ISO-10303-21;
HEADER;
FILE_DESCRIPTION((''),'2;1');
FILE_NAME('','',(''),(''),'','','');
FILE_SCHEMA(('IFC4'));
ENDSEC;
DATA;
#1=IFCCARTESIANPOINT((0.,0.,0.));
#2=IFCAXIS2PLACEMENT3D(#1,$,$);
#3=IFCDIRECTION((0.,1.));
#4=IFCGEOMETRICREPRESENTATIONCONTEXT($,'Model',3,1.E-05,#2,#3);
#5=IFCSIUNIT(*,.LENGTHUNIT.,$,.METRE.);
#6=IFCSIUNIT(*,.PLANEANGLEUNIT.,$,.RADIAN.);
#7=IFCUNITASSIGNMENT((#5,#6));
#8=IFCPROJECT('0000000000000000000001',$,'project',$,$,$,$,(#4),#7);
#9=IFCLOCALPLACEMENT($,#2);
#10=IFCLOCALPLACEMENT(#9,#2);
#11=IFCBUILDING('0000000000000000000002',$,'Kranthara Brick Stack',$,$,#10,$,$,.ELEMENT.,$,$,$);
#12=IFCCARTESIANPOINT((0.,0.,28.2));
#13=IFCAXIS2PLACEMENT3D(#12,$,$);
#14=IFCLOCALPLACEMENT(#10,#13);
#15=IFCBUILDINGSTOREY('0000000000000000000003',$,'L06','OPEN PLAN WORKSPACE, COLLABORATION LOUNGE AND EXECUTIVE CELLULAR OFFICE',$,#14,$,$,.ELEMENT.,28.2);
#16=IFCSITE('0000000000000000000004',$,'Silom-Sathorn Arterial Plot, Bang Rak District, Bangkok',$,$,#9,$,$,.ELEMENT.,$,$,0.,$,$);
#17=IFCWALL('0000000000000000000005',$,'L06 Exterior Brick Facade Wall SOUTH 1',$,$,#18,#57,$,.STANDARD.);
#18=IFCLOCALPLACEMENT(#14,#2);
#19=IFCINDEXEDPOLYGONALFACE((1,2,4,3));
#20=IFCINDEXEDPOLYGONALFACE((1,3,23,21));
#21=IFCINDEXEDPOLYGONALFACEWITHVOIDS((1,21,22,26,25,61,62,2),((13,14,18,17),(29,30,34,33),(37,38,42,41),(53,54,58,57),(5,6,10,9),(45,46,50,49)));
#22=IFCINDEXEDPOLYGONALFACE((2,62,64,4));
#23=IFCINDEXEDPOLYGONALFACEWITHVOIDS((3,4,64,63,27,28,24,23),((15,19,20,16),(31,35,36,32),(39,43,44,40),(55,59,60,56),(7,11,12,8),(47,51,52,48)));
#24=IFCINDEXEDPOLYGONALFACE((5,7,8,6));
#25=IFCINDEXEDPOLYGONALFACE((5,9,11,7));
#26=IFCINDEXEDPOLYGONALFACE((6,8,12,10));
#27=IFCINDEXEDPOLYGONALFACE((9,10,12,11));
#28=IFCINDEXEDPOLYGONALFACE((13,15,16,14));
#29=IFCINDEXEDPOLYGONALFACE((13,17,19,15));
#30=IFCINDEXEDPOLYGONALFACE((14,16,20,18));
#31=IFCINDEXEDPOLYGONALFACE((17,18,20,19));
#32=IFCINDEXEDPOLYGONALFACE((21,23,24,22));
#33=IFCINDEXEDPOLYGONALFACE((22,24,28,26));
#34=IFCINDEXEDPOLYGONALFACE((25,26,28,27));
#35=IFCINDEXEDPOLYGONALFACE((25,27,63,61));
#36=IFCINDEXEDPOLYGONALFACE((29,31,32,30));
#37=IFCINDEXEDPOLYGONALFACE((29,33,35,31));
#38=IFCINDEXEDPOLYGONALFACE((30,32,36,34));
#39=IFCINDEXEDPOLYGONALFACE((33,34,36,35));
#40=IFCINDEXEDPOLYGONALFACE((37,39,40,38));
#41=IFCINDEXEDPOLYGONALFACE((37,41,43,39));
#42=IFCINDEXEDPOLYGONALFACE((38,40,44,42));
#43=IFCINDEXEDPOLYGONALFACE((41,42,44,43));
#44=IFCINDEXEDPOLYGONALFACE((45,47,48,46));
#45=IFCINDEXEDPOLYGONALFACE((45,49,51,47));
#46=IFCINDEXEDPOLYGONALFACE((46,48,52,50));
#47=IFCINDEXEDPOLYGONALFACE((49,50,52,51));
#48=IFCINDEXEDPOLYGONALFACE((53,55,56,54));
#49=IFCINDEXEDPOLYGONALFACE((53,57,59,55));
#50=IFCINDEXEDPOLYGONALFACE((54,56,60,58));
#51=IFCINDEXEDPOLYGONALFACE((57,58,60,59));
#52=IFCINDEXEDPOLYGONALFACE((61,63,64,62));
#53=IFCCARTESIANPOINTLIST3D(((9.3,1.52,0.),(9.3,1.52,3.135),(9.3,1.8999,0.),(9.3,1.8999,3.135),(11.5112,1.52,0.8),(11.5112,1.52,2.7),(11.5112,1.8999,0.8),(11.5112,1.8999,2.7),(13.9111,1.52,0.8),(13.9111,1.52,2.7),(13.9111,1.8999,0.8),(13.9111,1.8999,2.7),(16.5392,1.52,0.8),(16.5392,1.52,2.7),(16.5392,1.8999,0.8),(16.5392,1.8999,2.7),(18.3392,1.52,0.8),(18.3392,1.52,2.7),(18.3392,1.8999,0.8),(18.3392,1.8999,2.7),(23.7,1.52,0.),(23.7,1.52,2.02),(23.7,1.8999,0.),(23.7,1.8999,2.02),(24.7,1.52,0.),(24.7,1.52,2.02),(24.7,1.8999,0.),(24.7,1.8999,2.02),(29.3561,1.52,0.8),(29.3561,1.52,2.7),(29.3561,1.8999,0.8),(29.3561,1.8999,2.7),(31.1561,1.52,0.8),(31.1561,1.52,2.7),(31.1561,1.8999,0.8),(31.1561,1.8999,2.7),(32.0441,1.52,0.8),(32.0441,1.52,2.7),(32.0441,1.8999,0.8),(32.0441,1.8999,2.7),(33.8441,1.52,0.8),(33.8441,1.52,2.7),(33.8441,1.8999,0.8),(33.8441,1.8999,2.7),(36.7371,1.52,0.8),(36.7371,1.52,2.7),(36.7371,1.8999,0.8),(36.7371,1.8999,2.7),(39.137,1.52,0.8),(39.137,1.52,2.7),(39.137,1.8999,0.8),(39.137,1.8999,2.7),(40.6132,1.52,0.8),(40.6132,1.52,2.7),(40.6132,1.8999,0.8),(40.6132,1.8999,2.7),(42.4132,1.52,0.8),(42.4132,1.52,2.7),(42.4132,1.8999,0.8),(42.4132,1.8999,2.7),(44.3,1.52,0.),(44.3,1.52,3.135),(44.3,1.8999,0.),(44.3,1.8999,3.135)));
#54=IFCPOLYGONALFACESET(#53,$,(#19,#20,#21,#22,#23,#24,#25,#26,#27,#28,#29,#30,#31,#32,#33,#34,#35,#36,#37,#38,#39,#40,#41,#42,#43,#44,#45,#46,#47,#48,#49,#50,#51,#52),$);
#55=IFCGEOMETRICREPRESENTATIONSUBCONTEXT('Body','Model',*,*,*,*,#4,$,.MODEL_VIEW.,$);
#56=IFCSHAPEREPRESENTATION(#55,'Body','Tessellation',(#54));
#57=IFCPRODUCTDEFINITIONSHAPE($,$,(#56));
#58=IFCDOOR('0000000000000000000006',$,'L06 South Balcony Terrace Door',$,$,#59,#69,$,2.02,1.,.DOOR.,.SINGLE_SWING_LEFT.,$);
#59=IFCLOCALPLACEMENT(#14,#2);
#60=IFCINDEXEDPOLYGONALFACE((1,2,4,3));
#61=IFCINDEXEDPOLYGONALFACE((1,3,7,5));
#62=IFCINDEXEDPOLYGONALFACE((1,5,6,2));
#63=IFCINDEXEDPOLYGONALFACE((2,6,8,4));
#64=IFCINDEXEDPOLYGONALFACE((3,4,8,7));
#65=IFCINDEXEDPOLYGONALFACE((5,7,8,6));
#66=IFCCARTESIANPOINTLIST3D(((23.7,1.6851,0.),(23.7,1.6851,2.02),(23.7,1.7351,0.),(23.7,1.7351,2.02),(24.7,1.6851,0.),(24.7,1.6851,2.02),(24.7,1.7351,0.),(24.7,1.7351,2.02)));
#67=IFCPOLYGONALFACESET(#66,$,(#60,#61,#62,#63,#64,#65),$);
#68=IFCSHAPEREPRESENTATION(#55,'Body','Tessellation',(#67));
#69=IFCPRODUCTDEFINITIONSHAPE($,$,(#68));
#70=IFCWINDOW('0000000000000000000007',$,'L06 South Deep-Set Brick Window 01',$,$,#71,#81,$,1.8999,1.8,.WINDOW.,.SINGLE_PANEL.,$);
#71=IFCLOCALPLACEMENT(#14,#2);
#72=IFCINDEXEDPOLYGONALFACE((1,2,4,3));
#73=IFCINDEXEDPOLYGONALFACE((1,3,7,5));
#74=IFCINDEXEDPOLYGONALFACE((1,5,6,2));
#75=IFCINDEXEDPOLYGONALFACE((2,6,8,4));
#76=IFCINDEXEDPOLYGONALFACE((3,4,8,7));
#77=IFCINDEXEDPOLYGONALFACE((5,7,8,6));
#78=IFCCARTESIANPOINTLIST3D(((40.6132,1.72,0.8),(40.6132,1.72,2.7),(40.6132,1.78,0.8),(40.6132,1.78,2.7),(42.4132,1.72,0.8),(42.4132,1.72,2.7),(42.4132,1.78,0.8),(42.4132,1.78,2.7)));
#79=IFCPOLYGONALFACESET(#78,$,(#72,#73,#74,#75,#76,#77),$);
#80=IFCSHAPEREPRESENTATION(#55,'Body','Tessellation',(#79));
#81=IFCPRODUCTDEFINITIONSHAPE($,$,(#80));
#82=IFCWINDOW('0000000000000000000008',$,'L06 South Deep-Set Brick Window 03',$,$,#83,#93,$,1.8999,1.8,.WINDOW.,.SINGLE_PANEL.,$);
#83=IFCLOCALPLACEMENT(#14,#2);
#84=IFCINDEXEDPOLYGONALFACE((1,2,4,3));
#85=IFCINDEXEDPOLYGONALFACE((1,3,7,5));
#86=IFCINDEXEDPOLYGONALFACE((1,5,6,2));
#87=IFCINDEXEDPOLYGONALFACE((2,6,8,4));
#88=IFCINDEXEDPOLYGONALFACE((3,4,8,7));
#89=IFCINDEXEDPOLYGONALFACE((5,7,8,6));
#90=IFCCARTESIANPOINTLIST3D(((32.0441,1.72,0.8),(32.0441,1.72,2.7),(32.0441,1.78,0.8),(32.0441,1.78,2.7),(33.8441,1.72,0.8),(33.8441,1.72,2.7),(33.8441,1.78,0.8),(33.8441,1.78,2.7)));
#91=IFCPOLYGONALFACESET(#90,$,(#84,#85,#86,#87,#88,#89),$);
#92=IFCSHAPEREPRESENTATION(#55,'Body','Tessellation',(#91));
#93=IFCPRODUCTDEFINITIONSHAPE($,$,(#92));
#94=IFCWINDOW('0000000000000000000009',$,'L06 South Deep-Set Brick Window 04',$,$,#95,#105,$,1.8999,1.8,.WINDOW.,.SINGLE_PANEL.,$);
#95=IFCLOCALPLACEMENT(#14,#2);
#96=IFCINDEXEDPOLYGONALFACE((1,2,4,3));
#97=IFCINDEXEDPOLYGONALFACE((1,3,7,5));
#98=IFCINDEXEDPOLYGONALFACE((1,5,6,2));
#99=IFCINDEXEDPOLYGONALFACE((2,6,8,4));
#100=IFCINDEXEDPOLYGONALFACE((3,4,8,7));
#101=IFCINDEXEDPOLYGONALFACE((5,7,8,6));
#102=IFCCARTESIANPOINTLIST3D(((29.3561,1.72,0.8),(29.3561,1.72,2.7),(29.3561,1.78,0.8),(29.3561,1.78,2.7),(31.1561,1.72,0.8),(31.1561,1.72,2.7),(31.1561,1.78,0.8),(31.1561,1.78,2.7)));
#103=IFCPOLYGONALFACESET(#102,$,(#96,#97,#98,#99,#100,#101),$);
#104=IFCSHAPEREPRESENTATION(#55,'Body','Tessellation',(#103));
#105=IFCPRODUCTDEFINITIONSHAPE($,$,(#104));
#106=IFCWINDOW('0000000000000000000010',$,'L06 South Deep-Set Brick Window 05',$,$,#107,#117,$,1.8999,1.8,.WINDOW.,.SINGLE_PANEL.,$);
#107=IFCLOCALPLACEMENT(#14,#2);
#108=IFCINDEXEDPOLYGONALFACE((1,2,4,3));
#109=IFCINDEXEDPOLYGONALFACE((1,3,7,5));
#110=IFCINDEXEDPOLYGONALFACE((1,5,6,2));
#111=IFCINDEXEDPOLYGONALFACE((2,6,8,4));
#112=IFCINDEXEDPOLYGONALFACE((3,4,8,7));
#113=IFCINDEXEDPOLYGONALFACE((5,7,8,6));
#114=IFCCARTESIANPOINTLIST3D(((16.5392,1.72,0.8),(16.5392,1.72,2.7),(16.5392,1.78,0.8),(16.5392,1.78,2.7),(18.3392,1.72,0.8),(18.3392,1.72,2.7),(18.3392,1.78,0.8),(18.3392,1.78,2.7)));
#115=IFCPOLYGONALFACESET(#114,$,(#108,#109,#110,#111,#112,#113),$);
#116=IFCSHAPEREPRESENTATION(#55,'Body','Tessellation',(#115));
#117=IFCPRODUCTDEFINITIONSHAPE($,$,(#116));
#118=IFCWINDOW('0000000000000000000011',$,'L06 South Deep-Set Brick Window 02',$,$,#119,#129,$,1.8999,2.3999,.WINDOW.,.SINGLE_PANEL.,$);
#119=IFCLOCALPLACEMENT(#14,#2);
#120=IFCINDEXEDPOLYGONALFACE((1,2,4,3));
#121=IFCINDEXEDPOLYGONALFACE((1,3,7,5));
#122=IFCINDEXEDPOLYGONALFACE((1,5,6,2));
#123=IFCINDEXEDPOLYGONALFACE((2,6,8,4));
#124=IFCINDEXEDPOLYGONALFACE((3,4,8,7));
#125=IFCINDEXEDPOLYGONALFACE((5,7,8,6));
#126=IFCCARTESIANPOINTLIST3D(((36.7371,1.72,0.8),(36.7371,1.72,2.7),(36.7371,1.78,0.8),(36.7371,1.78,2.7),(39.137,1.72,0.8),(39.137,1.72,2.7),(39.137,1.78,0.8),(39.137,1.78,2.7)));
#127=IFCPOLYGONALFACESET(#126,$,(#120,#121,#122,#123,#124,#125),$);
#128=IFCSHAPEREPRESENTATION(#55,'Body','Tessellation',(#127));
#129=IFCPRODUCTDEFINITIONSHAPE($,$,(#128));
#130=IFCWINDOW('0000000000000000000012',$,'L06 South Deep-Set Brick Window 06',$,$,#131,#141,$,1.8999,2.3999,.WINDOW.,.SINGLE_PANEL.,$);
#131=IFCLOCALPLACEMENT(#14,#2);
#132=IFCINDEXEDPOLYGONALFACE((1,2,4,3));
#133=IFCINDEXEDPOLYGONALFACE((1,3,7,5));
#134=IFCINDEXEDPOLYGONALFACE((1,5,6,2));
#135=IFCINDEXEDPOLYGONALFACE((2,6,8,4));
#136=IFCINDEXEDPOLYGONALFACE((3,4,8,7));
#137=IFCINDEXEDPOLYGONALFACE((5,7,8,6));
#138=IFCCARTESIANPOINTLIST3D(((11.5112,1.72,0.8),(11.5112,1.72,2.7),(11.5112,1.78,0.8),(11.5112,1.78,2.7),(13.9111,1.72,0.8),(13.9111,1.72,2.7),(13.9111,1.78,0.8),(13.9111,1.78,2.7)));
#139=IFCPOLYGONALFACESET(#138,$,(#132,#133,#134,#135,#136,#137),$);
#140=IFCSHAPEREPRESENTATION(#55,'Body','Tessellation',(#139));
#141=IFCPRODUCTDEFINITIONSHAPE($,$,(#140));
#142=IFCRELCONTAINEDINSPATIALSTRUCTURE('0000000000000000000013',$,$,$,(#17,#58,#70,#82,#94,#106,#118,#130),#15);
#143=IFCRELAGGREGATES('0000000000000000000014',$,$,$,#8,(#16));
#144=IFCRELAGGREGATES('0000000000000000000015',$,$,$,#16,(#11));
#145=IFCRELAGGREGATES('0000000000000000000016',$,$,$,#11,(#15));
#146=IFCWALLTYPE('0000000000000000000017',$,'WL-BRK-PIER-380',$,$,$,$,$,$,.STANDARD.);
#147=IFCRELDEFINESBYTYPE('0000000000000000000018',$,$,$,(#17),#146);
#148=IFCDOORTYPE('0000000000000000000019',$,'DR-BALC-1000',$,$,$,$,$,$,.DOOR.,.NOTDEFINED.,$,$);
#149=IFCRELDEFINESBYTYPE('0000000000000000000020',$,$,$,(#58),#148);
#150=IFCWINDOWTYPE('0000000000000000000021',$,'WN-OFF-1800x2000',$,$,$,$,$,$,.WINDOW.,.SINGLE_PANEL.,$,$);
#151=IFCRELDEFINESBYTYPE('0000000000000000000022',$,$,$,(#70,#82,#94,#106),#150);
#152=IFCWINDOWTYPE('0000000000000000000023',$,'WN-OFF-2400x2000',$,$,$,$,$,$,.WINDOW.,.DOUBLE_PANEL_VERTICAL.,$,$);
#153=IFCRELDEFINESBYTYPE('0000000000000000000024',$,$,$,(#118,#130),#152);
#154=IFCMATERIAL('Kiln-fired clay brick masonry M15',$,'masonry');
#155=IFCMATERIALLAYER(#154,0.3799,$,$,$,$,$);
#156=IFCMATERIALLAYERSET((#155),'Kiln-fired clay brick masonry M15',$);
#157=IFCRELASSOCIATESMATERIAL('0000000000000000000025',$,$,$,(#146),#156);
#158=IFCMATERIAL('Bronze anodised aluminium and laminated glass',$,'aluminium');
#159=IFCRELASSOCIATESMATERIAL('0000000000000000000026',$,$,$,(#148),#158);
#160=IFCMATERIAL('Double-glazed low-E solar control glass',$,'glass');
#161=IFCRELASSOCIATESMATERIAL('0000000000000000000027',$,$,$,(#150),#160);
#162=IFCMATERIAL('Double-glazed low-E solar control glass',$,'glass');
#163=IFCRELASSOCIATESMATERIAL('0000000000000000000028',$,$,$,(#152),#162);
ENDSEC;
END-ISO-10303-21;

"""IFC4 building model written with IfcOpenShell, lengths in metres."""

from ifc_helpers import new_model, si_unit, direction, frame, frame_2d, origin, place, context, subcontext, project, spatial, rectangle, extrude, material, layer, layer_set, type_object, element, fill, save


model = new_model("IFC4")

# Units and contexts
model_context = context("Model", 3, precision=1e-05, world=origin(), true_north=direction((0.0, 1.0)))
body_context = subcontext(model_context, "Body", "Model", "MODEL_VIEW")
ifc_project = project(units=[si_unit("LENGTHUNIT", "METRE"), si_unit("PLANEANGLEUNIT", "RADIAN")], contexts=[model_context])

# Site, building, storey
site_placement = place(None, origin())
site = spatial("IfcSite", under=ifc_project, at=site_placement, Name="Silom-Sathorn Arterial Plot, Bang Rak District, Bangkok", CompositionType="ELEMENT", RefElevation=0.0)
building_placement = place(site_placement, origin())
building = spatial("IfcBuilding", under=site, at=building_placement, Name="Kranthara Brick Stack", CompositionType="ELEMENT")
storey_placement = place(building_placement, frame((0.0, 0.0, 28.2)))
storey = spatial("IfcBuildingStorey", under=building, at=storey_placement, Name="L06", Description="OPEN PLAN WORKSPACE, COLLABORATION LOUNGE AND EXECUTIVE CELLULAR OFFICE", CompositionType="ELEMENT", Elevation=28.2)

# Wall, openings, door, windows
ifc_material_1 = material(Name="Kiln-fired clay brick masonry M15", Category="masonry")
ifc_layer_1 = layer(ifc_material_1, 0.3799)
ifc_layer_set_1 = layer_set([ifc_layer_1], Name="Kiln-fired clay brick masonry M15")
wall_type_1 = type_object("IfcWallType", Name="WL-BRK-PIER-380", PredefinedType="STANDARD", material=ifc_layer_set_1)
wall_1_placement = place(storey_placement, frame((44.3, 1.71, 0.0), z_axis=(0.0, 0.0, 1.0), x_axis=(-1.0, 0.0, 0.0)))
wall_1 = element("IfcWall", 1, at=wall_1_placement, inside=storey, type_object=wall_type_1, Name="L06 Exterior Brick Facade Wall SOUTH 1", PredefinedType="STANDARD", context=body_context, shape_type="SweptSolid", body=[
    extrude(rectangle(XDim=35.0, YDim=0.3799, at=frame_2d((17.5, 0.0))), origin(), (0.0, 0.0, 1.0), 3.135),
])
opening_1_placement = place(wall_1_placement, frame((19.6001, 0.0, 0.0)))
opening_1 = element("IfcOpeningElement", 2, at=opening_1_placement, cuts=wall_1, PredefinedType="OPENING", context=body_context, shape_type="SweptSolid", body=[
    extrude(rectangle(XDim=1.0, YDim=2.02, at=frame_2d((0.5, 1.01))), frame((0.0, 0.2, 0.0), z_axis=(0.0, -1.0, 0.0), x_axis=(1.0, 0.0, 0.0)), (0.0, 0.0, 1.0), 0.3999),
])
opening_2_placement = place(wall_1_placement, frame((1.887, 0.0, 0.8)))
opening_2 = element("IfcOpeningElement", 3, at=opening_2_placement, cuts=wall_1, PredefinedType="OPENING", context=body_context, shape_type="SweptSolid", body=[
    extrude(rectangle(XDim=1.8, YDim=1.8999, at=frame_2d((0.8999, 0.95))), frame((0.0, 0.2, 0.0), z_axis=(0.0, -1.0, 0.0), x_axis=(1.0, 0.0, 0.0)), (0.0, 0.0, 1.0), 0.3999),
])
opening_3_placement = place(wall_1_placement, frame((5.1631, 0.0, 0.8)))
opening_3 = element("IfcOpeningElement", 4, at=opening_3_placement, cuts=wall_1, PredefinedType="OPENING", context=body_context, shape_type="SweptSolid", body=[
    extrude(rectangle(XDim=2.3999, YDim=1.8999, at=frame_2d((1.2, 0.95))), frame((0.0, 0.2, 0.0), z_axis=(0.0, -1.0, 0.0), x_axis=(1.0, 0.0, 0.0)), (0.0, 0.0, 1.0), 0.3999),
])
opening_4_placement = place(wall_1_placement, frame((10.4561, 0.0, 0.8)))
opening_4 = element("IfcOpeningElement", 5, at=opening_4_placement, cuts=wall_1, PredefinedType="OPENING", context=body_context, shape_type="SweptSolid", body=[
    extrude(rectangle(XDim=1.8, YDim=1.8999, at=frame_2d((0.8999, 0.95))), frame((0.0, 0.2, 0.0), z_axis=(0.0, -1.0, 0.0), x_axis=(1.0, 0.0, 0.0)), (0.0, 0.0, 1.0), 0.3999),
])
opening_5_placement = place(wall_1_placement, frame((13.144, 0.0, 0.8)))
opening_5 = element("IfcOpeningElement", 6, at=opening_5_placement, cuts=wall_1, PredefinedType="OPENING", context=body_context, shape_type="SweptSolid", body=[
    extrude(rectangle(XDim=1.8, YDim=1.8999, at=frame_2d((0.8999, 0.95))), frame((0.0, 0.2, 0.0), z_axis=(0.0, -1.0, 0.0), x_axis=(1.0, 0.0, 0.0)), (0.0, 0.0, 1.0), 0.3999),
])
opening_6_placement = place(wall_1_placement, frame((25.9609, 0.0, 0.8)))
opening_6 = element("IfcOpeningElement", 7, at=opening_6_placement, cuts=wall_1, PredefinedType="OPENING", context=body_context, shape_type="SweptSolid", body=[
    extrude(rectangle(XDim=1.8, YDim=1.8999, at=frame_2d((0.8999, 0.95))), frame((0.0, 0.2, 0.0), z_axis=(0.0, -1.0, 0.0), x_axis=(1.0, 0.0, 0.0)), (0.0, 0.0, 1.0), 0.3999),
])
opening_7_placement = place(wall_1_placement, frame((30.3889, 0.0, 0.8)))
opening_7 = element("IfcOpeningElement", 8, at=opening_7_placement, cuts=wall_1, PredefinedType="OPENING", context=body_context, shape_type="SweptSolid", body=[
    extrude(rectangle(XDim=2.3999, YDim=1.8999, at=frame_2d((1.2, 0.95))), frame((0.0, 0.2, 0.0), z_axis=(0.0, -1.0, 0.0), x_axis=(1.0, 0.0, 0.0)), (0.0, 0.0, 1.0), 0.3999),
])
ifc_material_2 = material(Name="Bronze anodised aluminium and laminated glass", Category="aluminium")
door_type = type_object("IfcDoorType", Name="DR-BALC-1000", OperationType="NOTDEFINED", PredefinedType="DOOR", material=ifc_material_2)
door_placement = place(opening_1_placement, origin())
door = element("IfcDoor", 9, at=door_placement, inside=storey, type_object=door_type, Name="L06 South Balcony Terrace Door", OperationType="SINGLE_SWING_LEFT", OverallHeight=2.02, OverallWidth=1.0, PredefinedType="DOOR", context=body_context, shape_type="SweptSolid", body=[
    extrude(rectangle(XDim=1.0, YDim=2.02, at=frame_2d((0.5, 1.01))), frame((0.0, 0.0249, 0.0), z_axis=(0.0, -1.0, 0.0), x_axis=(1.0, 0.0, 0.0)), (0.0, 0.0, 1.0), 0.05),
])
fill(opening_1, door)
ifc_material_3 = material(Name="Double-glazed low-E solar control glass", Category="glass")
window_type_1 = type_object("IfcWindowType", Name="WN-OFF-1800x2000", PartitioningType="SINGLE_PANEL", PredefinedType="WINDOW", material=ifc_material_3)
window_1_placement = place(opening_2_placement, origin())
window_1 = element("IfcWindow", 10, at=window_1_placement, inside=storey, type_object=window_type_1, Name="L06 South Deep-Set Brick Window 01", OverallHeight=1.8999, OverallWidth=1.8, PartitioningType="SINGLE_PANEL", PredefinedType="WINDOW", context=body_context, shape_type="SweptSolid", body=[
    extrude(rectangle(XDim=1.8, YDim=1.8999, at=frame_2d((0.8999, 0.95))), frame((0.0, -0.01, 0.0), z_axis=(0.0, -1.0, 0.0), x_axis=(1.0, 0.0, 0.0)), (0.0, 0.0, 1.0), 0.0601),
])
fill(opening_2, window_1)
window_2_placement = place(opening_4_placement, origin())
window_2 = element("IfcWindow", 11, at=window_2_placement, inside=storey, type_object=window_type_1, Name="L06 South Deep-Set Brick Window 03", OverallHeight=1.8999, OverallWidth=1.8, PartitioningType="SINGLE_PANEL", PredefinedType="WINDOW", context=body_context, shape_type="SweptSolid", body=[
    extrude(rectangle(XDim=1.8, YDim=1.8999, at=frame_2d((0.8999, 0.95))), frame((0.0, -0.01, 0.0), z_axis=(0.0, -1.0, 0.0), x_axis=(1.0, 0.0, 0.0)), (0.0, 0.0, 1.0), 0.0601),
])
fill(opening_4, window_2)
window_3_placement = place(opening_5_placement, origin())
window_3 = element("IfcWindow", 12, at=window_3_placement, inside=storey, type_object=window_type_1, Name="L06 South Deep-Set Brick Window 04", OverallHeight=1.8999, OverallWidth=1.8, PartitioningType="SINGLE_PANEL", PredefinedType="WINDOW", context=body_context, shape_type="SweptSolid", body=[
    extrude(rectangle(XDim=1.8, YDim=1.8999, at=frame_2d((0.8999, 0.95))), frame((0.0, -0.01, 0.0), z_axis=(0.0, -1.0, 0.0), x_axis=(1.0, 0.0, 0.0)), (0.0, 0.0, 1.0), 0.0601),
])
fill(opening_5, window_3)
window_4_placement = place(opening_6_placement, origin())
window_4 = element("IfcWindow", 13, at=window_4_placement, inside=storey, type_object=window_type_1, Name="L06 South Deep-Set Brick Window 05", OverallHeight=1.8999, OverallWidth=1.8, PartitioningType="SINGLE_PANEL", PredefinedType="WINDOW", context=body_context, shape_type="SweptSolid", body=[
    extrude(rectangle(XDim=1.8, YDim=1.8999, at=frame_2d((0.8999, 0.95))), frame((0.0, -0.01, 0.0), z_axis=(0.0, -1.0, 0.0), x_axis=(1.0, 0.0, 0.0)), (0.0, 0.0, 1.0), 0.0601),
])
fill(opening_6, window_4)
ifc_material_4 = material(Name="Double-glazed low-E solar control glass", Category="glass")
window_type_2 = type_object("IfcWindowType", Name="WN-OFF-2400x2000", PartitioningType="DOUBLE_PANEL_VERTICAL", PredefinedType="WINDOW", material=ifc_material_4)
window_5_placement = place(opening_3_placement, origin())
window_5 = element("IfcWindow", 14, at=window_5_placement, inside=storey, type_object=window_type_2, Name="L06 South Deep-Set Brick Window 02", OverallHeight=1.8999, OverallWidth=2.3999, PartitioningType="SINGLE_PANEL", PredefinedType="WINDOW", context=body_context, shape_type="SweptSolid", body=[
    extrude(rectangle(XDim=2.3999, YDim=1.8999, at=frame_2d((1.2, 0.95))), frame((0.0, -0.01, 0.0), z_axis=(0.0, -1.0, 0.0), x_axis=(1.0, 0.0, 0.0)), (0.0, 0.0, 1.0), 0.0601),
])
fill(opening_3, window_5)
window_6_placement = place(opening_7_placement, origin())
window_6 = element("IfcWindow", 15, at=window_6_placement, inside=storey, type_object=window_type_2, Name="L06 South Deep-Set Brick Window 06", OverallHeight=1.8999, OverallWidth=2.3999, PartitioningType="SINGLE_PANEL", PredefinedType="WINDOW", context=body_context, shape_type="SweptSolid", body=[
    extrude(rectangle(XDim=2.3999, YDim=1.8999, at=frame_2d((1.2, 0.95))), frame((0.0, -0.01, 0.0), z_axis=(0.0, -1.0, 0.0), x_axis=(1.0, 0.0, 0.0)), (0.0, 0.0, 1.0), 0.0601),
])
fill(opening_7, window_6)

save(model, "model.ifc")
